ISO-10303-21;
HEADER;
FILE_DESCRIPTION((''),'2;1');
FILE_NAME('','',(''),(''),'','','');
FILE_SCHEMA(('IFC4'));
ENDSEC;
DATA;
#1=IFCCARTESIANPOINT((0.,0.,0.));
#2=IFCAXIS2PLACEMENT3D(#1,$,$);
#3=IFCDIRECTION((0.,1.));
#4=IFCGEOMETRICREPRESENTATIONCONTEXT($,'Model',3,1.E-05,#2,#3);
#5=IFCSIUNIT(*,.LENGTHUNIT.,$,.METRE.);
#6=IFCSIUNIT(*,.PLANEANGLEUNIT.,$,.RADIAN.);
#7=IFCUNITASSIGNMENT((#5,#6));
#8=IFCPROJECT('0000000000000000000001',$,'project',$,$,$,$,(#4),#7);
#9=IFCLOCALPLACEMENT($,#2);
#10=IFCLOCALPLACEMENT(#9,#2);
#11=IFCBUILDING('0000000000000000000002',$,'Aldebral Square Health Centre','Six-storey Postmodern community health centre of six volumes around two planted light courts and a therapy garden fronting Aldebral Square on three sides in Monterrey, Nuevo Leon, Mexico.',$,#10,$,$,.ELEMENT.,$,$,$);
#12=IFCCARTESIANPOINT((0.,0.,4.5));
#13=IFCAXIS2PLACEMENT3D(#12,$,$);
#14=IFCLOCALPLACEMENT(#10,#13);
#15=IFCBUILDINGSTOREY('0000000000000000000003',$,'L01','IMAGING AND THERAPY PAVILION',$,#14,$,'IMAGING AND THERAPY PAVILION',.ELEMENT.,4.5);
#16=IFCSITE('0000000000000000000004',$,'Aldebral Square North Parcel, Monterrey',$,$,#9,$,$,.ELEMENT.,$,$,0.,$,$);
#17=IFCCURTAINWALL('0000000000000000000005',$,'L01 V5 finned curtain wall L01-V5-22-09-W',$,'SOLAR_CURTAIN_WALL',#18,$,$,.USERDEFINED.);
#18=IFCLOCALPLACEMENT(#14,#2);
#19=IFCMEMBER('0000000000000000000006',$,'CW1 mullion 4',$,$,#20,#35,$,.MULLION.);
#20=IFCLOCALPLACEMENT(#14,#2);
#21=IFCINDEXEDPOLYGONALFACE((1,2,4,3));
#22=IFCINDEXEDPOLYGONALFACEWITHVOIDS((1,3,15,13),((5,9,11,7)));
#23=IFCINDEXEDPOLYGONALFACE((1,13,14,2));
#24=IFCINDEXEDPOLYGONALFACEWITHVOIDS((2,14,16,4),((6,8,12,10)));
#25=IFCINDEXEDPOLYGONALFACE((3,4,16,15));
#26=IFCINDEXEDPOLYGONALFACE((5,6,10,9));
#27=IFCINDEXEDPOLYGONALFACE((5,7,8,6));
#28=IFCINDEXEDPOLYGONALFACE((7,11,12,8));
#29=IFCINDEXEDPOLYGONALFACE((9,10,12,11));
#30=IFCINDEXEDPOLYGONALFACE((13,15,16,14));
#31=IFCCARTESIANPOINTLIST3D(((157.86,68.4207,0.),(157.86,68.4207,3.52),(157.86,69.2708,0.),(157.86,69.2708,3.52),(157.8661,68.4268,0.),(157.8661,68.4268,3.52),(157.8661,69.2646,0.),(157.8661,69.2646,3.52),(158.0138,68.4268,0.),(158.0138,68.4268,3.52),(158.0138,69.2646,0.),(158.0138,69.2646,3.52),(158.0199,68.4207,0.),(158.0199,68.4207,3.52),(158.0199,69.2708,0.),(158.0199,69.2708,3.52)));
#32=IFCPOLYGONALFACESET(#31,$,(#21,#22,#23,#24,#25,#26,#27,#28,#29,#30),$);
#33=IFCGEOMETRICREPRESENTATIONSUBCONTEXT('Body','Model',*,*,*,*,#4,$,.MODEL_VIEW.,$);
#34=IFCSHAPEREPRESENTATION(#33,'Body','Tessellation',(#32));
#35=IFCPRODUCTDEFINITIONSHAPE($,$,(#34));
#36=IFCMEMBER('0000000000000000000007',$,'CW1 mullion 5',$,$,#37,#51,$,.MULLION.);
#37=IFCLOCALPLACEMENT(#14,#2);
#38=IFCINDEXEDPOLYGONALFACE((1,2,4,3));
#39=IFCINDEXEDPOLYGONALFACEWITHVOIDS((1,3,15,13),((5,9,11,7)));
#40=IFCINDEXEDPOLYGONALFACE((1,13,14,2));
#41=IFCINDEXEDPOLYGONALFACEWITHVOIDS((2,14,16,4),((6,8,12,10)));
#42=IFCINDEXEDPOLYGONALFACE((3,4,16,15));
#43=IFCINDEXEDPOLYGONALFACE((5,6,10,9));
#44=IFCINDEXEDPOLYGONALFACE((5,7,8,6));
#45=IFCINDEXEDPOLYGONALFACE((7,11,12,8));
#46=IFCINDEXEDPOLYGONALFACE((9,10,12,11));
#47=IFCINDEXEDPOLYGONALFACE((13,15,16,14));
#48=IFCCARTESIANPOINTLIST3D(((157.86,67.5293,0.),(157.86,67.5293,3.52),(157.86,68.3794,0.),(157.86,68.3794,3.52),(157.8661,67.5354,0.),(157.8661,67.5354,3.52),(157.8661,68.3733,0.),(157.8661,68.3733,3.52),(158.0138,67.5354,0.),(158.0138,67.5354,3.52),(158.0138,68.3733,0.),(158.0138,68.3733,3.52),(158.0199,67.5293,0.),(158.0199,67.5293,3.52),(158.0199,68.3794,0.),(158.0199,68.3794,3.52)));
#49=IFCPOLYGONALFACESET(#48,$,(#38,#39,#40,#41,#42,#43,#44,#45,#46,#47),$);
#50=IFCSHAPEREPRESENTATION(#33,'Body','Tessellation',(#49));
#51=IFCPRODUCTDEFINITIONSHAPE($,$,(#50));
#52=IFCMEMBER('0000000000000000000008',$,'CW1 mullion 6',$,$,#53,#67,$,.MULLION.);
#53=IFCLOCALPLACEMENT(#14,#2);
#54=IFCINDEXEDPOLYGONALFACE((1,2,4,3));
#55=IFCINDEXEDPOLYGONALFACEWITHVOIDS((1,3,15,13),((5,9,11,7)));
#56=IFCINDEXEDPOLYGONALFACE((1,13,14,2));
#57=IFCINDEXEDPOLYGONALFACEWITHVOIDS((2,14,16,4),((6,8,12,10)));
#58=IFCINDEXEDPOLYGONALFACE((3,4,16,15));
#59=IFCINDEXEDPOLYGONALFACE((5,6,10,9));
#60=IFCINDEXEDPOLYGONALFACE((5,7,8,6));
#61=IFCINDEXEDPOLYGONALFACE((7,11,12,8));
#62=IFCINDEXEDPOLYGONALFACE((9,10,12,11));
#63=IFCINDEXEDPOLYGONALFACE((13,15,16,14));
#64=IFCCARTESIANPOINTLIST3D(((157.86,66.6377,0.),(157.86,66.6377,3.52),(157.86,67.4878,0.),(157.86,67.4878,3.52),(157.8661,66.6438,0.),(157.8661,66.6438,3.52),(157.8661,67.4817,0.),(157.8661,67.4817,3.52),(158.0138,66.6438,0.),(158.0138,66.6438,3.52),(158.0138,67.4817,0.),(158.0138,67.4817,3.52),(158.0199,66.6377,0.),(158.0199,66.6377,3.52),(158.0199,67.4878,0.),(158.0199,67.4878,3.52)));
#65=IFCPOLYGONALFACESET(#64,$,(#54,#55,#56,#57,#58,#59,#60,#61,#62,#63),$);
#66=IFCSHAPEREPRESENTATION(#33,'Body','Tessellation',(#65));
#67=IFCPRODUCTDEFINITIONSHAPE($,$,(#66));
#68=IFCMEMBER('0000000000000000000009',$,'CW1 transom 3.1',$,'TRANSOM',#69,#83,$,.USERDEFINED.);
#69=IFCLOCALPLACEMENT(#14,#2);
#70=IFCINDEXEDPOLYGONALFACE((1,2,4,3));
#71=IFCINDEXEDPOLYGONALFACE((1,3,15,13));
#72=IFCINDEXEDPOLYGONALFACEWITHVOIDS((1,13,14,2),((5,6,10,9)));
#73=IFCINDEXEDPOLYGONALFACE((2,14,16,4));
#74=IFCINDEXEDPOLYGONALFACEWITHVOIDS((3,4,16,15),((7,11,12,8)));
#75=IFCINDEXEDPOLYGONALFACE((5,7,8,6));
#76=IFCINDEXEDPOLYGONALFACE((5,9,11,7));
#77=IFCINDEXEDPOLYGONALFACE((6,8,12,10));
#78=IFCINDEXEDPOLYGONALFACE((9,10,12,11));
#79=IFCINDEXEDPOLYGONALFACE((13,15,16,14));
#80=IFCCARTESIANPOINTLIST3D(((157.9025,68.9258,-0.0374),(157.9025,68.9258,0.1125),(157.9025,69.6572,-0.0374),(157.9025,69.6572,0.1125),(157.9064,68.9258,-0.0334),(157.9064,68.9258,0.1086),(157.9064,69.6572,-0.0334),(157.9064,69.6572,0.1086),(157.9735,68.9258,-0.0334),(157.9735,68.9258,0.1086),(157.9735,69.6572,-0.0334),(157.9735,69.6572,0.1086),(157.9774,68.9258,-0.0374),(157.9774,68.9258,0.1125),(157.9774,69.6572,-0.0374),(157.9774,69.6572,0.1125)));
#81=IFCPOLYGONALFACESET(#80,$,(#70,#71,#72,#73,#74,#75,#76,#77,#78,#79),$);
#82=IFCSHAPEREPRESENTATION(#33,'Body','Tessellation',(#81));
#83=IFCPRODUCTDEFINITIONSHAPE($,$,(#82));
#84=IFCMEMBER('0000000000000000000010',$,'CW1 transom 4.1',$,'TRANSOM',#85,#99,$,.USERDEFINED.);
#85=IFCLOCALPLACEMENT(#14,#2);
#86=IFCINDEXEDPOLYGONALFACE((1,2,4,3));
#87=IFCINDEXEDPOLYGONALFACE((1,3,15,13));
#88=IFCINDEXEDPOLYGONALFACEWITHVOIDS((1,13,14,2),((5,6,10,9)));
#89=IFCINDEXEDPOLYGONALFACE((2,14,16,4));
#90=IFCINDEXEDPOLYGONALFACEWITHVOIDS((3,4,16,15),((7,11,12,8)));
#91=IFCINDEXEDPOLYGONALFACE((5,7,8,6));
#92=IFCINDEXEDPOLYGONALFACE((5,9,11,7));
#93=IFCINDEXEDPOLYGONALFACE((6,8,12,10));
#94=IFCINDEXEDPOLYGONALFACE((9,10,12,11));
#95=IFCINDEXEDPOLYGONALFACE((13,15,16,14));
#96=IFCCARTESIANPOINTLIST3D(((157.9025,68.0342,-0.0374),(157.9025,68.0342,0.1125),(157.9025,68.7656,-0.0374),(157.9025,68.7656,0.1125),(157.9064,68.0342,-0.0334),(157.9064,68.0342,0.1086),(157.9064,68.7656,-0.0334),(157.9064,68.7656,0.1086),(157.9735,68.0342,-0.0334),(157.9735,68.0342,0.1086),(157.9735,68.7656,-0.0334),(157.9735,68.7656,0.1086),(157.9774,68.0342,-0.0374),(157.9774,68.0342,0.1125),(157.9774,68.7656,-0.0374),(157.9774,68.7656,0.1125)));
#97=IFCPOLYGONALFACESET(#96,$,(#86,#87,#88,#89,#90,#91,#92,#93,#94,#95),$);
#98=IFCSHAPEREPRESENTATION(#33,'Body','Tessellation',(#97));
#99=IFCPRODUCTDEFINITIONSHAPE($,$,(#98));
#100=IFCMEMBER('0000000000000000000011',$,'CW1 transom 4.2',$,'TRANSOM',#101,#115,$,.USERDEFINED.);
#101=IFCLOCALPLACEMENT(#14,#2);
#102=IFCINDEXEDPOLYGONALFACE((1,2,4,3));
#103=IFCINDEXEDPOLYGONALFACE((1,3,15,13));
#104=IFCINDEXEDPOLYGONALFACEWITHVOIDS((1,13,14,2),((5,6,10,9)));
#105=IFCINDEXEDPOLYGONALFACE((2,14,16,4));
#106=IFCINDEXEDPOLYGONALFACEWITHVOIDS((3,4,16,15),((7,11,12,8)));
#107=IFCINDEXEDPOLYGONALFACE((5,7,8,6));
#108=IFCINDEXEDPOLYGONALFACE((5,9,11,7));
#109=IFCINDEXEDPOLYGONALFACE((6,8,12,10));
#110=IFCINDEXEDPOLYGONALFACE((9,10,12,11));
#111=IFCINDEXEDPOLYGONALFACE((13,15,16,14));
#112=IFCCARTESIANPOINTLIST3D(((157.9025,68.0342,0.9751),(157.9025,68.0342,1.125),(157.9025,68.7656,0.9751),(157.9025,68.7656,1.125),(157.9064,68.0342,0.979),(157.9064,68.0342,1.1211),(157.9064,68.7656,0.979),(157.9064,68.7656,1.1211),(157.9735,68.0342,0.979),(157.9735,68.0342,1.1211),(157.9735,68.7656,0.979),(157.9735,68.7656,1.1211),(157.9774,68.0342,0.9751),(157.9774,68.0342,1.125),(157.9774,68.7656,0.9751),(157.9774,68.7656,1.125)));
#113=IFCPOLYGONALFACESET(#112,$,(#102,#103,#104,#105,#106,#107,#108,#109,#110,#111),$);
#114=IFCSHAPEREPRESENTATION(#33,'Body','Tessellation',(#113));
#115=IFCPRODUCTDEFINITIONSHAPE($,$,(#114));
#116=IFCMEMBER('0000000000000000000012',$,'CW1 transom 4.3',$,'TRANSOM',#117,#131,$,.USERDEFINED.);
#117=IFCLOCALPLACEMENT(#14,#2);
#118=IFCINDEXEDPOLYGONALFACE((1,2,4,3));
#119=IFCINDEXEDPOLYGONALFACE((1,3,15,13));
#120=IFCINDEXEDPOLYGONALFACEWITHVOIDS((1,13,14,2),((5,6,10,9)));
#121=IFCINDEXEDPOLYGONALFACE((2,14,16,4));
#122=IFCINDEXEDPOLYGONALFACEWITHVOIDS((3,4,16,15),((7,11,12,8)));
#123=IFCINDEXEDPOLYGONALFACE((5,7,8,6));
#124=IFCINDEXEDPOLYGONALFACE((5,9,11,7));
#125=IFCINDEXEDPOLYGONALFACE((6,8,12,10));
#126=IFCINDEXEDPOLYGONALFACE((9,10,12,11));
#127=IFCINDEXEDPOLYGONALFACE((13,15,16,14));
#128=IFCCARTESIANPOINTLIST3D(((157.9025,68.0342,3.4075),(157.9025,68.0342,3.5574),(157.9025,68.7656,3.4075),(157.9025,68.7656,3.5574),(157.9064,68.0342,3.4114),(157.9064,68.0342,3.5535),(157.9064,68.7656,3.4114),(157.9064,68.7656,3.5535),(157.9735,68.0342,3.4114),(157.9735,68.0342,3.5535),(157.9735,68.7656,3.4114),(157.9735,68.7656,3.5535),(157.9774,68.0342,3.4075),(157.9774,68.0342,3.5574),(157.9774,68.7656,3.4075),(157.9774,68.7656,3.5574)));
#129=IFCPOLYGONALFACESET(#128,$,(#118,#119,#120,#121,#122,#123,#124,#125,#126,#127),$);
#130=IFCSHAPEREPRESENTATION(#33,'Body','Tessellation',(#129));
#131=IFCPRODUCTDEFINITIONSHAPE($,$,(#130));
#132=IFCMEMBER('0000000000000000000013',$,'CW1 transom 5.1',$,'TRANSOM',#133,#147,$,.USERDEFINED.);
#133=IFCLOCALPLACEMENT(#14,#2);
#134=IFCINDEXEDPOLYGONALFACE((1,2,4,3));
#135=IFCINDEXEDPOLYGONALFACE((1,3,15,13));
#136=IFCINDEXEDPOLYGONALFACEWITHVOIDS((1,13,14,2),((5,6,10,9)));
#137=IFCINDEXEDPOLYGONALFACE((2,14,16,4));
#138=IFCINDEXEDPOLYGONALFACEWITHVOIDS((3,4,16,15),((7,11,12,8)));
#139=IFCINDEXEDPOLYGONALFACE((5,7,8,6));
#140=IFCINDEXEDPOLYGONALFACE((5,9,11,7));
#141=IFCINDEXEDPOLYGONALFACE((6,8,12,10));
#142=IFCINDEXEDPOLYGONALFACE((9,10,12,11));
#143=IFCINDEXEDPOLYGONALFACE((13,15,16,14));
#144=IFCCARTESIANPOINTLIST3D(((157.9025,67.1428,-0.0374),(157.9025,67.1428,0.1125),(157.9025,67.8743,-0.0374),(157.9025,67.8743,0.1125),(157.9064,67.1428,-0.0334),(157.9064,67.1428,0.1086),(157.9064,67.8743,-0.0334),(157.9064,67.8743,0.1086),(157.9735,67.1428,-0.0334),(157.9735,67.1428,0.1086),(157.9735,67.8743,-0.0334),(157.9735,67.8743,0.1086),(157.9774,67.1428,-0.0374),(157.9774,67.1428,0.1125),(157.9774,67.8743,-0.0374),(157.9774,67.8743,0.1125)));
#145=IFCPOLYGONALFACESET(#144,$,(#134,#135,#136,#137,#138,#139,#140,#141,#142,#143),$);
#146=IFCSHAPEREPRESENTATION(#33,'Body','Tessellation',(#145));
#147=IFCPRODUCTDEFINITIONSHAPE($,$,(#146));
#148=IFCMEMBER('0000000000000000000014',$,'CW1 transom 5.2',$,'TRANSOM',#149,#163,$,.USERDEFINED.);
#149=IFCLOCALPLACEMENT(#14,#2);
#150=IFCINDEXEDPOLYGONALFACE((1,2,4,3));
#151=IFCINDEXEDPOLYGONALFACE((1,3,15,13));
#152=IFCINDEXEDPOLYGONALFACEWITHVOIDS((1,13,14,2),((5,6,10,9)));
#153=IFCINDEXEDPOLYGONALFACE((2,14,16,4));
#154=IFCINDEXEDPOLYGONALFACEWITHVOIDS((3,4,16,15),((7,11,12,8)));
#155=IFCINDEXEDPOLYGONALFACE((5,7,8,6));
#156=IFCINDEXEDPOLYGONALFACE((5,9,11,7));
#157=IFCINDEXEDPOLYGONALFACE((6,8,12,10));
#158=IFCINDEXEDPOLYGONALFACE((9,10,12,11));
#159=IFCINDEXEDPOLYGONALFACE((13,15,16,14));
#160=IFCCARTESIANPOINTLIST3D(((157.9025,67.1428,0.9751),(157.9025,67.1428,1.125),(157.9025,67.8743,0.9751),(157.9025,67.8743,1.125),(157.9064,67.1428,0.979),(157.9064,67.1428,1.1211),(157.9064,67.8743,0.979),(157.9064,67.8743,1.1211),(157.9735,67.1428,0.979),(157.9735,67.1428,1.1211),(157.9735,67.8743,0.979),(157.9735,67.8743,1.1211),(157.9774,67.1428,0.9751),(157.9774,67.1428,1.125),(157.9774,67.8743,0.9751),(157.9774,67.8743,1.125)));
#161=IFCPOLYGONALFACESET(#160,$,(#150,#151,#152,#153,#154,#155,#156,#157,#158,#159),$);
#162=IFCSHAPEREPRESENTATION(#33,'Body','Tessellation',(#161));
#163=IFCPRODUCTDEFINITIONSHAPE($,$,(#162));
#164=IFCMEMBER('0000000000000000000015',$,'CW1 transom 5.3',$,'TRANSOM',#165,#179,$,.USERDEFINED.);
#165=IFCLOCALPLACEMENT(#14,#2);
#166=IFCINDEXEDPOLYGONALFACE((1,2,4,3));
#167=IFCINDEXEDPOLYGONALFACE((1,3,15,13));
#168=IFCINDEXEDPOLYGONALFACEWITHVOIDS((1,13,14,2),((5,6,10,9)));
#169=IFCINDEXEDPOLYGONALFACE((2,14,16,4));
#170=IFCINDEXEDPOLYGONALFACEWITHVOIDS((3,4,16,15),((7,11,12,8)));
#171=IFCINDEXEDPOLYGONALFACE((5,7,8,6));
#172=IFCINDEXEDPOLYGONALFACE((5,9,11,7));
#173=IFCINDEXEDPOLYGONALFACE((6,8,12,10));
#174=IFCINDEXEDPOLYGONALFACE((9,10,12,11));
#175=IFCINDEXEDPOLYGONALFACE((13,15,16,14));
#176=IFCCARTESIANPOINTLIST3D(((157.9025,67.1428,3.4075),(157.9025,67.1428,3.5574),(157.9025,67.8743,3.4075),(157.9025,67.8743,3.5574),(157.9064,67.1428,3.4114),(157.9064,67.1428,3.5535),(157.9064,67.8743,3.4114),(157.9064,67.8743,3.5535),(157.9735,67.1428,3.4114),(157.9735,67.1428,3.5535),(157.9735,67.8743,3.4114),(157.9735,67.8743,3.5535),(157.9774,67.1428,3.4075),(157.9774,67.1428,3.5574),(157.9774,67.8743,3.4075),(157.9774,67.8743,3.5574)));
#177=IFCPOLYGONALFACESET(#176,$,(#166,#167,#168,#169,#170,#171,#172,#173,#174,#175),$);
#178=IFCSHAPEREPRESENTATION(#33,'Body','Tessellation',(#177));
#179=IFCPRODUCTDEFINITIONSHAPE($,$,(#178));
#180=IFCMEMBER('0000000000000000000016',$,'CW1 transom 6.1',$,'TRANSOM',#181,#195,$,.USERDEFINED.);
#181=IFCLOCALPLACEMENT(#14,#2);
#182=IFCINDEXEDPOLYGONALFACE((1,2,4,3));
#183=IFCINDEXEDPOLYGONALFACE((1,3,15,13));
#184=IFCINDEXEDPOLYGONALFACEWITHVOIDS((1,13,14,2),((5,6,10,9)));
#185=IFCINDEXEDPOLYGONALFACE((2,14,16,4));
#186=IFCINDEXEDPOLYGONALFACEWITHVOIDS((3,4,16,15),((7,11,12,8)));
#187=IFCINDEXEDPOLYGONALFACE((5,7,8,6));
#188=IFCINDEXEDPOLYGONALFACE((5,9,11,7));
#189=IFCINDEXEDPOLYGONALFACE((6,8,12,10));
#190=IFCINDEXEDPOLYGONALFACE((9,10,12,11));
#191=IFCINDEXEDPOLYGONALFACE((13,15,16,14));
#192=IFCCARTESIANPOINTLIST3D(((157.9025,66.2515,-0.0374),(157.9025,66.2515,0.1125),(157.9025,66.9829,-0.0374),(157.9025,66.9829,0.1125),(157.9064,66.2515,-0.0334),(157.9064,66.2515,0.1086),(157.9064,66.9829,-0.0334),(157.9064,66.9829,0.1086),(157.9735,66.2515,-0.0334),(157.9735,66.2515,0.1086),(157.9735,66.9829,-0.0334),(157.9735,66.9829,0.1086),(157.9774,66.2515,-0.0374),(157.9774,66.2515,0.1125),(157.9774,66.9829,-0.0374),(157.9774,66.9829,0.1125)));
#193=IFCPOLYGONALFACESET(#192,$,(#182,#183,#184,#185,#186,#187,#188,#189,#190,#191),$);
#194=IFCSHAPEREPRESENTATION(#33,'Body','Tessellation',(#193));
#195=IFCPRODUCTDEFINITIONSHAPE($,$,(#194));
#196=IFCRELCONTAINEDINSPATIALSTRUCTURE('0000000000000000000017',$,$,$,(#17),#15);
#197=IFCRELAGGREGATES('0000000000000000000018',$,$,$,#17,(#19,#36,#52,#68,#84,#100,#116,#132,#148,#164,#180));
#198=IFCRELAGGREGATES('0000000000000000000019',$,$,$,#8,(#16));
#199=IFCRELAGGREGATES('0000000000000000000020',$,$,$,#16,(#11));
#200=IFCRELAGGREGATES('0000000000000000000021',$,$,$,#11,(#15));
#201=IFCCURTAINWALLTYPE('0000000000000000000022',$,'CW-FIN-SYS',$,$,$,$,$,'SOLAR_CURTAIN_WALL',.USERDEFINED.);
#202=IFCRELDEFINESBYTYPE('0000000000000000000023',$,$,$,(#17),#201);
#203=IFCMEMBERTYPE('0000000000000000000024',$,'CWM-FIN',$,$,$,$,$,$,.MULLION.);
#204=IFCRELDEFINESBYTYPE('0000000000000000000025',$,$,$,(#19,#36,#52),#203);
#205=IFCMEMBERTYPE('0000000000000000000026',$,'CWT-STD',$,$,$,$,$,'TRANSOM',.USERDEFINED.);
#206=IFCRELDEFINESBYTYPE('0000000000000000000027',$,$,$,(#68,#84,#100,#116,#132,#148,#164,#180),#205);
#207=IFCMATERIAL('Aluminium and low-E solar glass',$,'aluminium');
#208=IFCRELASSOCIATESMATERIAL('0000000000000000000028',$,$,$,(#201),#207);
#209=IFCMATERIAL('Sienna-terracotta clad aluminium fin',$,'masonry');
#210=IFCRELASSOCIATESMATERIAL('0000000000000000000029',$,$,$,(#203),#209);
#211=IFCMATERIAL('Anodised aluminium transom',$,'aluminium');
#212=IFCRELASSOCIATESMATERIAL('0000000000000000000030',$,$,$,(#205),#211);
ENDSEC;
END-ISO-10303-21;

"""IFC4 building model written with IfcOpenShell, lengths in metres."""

from ifc_helpers import new_model, si_unit, direction, frame, origin, origin_2d, place, context, subcontext, project, spatial, hollow_rectangle, extrude, material, material_profile, profile_set, type_object, element, aggregate, save


model = new_model("IFC4")

# Units and contexts
model_context = context("Model", 3, precision=1e-05, world=origin(), true_north=direction((0.0, 1.0)))
body_context = subcontext(model_context, "Body", "Model", "MODEL_VIEW")
ifc_project = project(units=[si_unit("LENGTHUNIT", "METRE"), si_unit("PLANEANGLEUNIT", "RADIAN")], contexts=[model_context])

# Site, building, storey
site_placement = place(None, origin())
site = spatial("IfcSite", under=ifc_project, at=site_placement, Name="Aldebral Square North Parcel, Monterrey", CompositionType="ELEMENT", RefElevation=0.0)
building_placement = place(site_placement, origin())
building = spatial("IfcBuilding", under=site, at=building_placement, Name="Aldebral Square Health Centre", Description="Six-storey Postmodern community health centre of six volumes around two planted light courts and a therapy garden fronting Aldebral Square on three sides in Monterrey, Nuevo Leon, Mexico.", CompositionType="ELEMENT")
storey_placement = place(building_placement, frame((0.0, 0.0, 4.5)))
storey = spatial("IfcBuildingStorey", under=building, at=storey_placement, Name="L01", Description="IMAGING AND THERAPY PAVILION", LongName="IMAGING AND THERAPY PAVILION", CompositionType="ELEMENT", Elevation=4.5)

# Curtain wall, members
ifc_material_1 = material(Name="Aluminium and low-E solar glass", Category="aluminium")
curtain_wall_type = type_object("IfcCurtainWallType", Name="CW-FIN-SYS", ElementType="SOLAR_CURTAIN_WALL", PredefinedType="USERDEFINED", material=ifc_material_1)
curtain_wall_placement = place(storey_placement, origin())
curtain_wall = element("IfcCurtainWall", 1, at=curtain_wall_placement, inside=storey, type_object=curtain_wall_type, Name="L01 V5 finned curtain wall L01-V5-22-09-W", ObjectType="SOLAR_CURTAIN_WALL", PredefinedType="USERDEFINED")
ifc_material_2 = material(Name="Sienna-terracotta clad aluminium fin", Category="masonry")
ifc_material_profile_1 = material_profile(ifc_material_2, hollow_rectangle(XDim=0.1599, YDim=0.8501, WallThickness=0.0061, at=origin_2d()), Name="FIN 160x850x6")
ifc_profile_set_1 = profile_set([ifc_material_profile_1], Name="Sienna-terracotta clad aluminium fin")
member_type_1 = type_object("IfcMemberType", Name="CWM-FIN", PredefinedType="MULLION", material=ifc_profile_set_1)
member_1_placement = place(storey_placement, frame((157.9399, 68.8457, 0.0), z_axis=(0.0, 0.0, 1.0), x_axis=(1.0, 0.0, 0.0)))
member_1 = element("IfcMember", 2, at=member_1_placement, type_object=member_type_1, Name="CW1 mullion 4", PredefinedType="MULLION", context=body_context, shape_type="SweptSolid", body=[
    extrude(hollow_rectangle(XDim=0.1599, YDim=0.8501, WallThickness=0.0061, at=origin_2d()), origin(), (0.0, 0.0, 1.0), 3.52),
])
member_2_placement = place(storey_placement, frame((157.9399, 67.9543, 0.0), z_axis=(0.0, 0.0, 1.0), x_axis=(1.0, 0.0, 0.0)))
member_2 = element("IfcMember", 3, at=member_2_placement, type_object=member_type_1, Name="CW1 mullion 5", PredefinedType="MULLION", context=body_context, shape_type="SweptSolid", body=[
    extrude(hollow_rectangle(XDim=0.1599, YDim=0.8501, WallThickness=0.0061, at=origin_2d()), origin(), (0.0, 0.0, 1.0), 3.52),
])
member_3_placement = place(storey_placement, frame((157.9399, 67.0627, 0.0), z_axis=(0.0, 0.0, 1.0), x_axis=(1.0, 0.0, 0.0)))
member_3 = element("IfcMember", 4, at=member_3_placement, type_object=member_type_1, Name="CW1 mullion 6", PredefinedType="MULLION", context=body_context, shape_type="SweptSolid", body=[
    extrude(hollow_rectangle(XDim=0.1599, YDim=0.8501, WallThickness=0.0061, at=origin_2d()), origin(), (0.0, 0.0, 1.0), 3.52),
])
ifc_material_3 = material(Name="Anodised aluminium transom", Category="aluminium")
ifc_material_profile_2 = material_profile(ifc_material_3, hollow_rectangle(XDim=0.075, YDim=0.1499, WallThickness=0.0039, at=origin_2d()), Name="CWT 75x150x4")
ifc_profile_set_2 = profile_set([ifc_material_profile_2], Name="Anodised aluminium transom")
member_type_2 = type_object("IfcMemberType", Name="CWT-STD", ElementType="TRANSOM", PredefinedType="USERDEFINED", material=ifc_profile_set_2)
member_4_placement = place(storey_placement, frame((157.9399, 69.6572, 0.0376), z_axis=(0.0, -1.0, 0.0), x_axis=(1.0, 0.0, 0.0)))
member_4 = element("IfcMember", 5, at=member_4_placement, type_object=member_type_2, Name="CW1 transom 3.1", ObjectType="TRANSOM", PredefinedType="USERDEFINED", context=body_context, shape_type="SweptSolid", body=[
    extrude(hollow_rectangle(XDim=0.075, YDim=0.1499, WallThickness=0.0039, at=origin_2d()), origin(), (0.0, 0.0, 1.0), 0.7314),
])
member_5_placement = place(storey_placement, frame((157.9399, 68.7656, 0.0376), z_axis=(0.0, -1.0, 0.0), x_axis=(1.0, 0.0, 0.0)))
member_5 = element("IfcMember", 6, at=member_5_placement, type_object=member_type_2, Name="CW1 transom 4.1", ObjectType="TRANSOM", PredefinedType="USERDEFINED", context=body_context, shape_type="SweptSolid", body=[
    extrude(hollow_rectangle(XDim=0.075, YDim=0.1499, WallThickness=0.0039, at=origin_2d()), origin(), (0.0, 0.0, 1.0), 0.7314),
])
member_6_placement = place(storey_placement, frame((157.9399, 68.7656, 1.05), z_axis=(0.0, -1.0, 0.0), x_axis=(1.0, 0.0, 0.0)))
member_6 = element("IfcMember", 7, at=member_6_placement, type_object=member_type_2, Name="CW1 transom 4.2", ObjectType="TRANSOM", PredefinedType="USERDEFINED", context=body_context, shape_type="SweptSolid", body=[
    extrude(hollow_rectangle(XDim=0.075, YDim=0.1499, WallThickness=0.0039, at=origin_2d()), origin(), (0.0, 0.0, 1.0), 0.7314),
])
member_7_placement = place(storey_placement, frame((157.9399, 68.7656, 3.4824), z_axis=(0.0, -1.0, 0.0), x_axis=(1.0, 0.0, 0.0)))
member_7 = element("IfcMember", 8, at=member_7_placement, type_object=member_type_2, Name="CW1 transom 4.3", ObjectType="TRANSOM", PredefinedType="USERDEFINED", context=body_context, shape_type="SweptSolid", body=[
    extrude(hollow_rectangle(XDim=0.075, YDim=0.1499, WallThickness=0.0039, at=origin_2d()), origin(), (0.0, 0.0, 1.0), 0.7314),
])
member_8_placement = place(storey_placement, frame((157.9399, 67.8743, 0.0376), z_axis=(0.0, -1.0, 0.0), x_axis=(1.0, 0.0, 0.0)))
member_8 = element("IfcMember", 9, at=member_8_placement, type_object=member_type_2, Name="CW1 transom 5.1", ObjectType="TRANSOM", PredefinedType="USERDEFINED", context=body_context, shape_type="SweptSolid", body=[
    extrude(hollow_rectangle(XDim=0.075, YDim=0.1499, WallThickness=0.0039, at=origin_2d()), origin(), (0.0, 0.0, 1.0), 0.7314),
])
member_9_placement = place(storey_placement, frame((157.9399, 67.8743, 1.05), z_axis=(0.0, -1.0, 0.0), x_axis=(1.0, 0.0, 0.0)))
member_9 = element("IfcMember", 10, at=member_9_placement, type_object=member_type_2, Name="CW1 transom 5.2", ObjectType="TRANSOM", PredefinedType="USERDEFINED", context=body_context, shape_type="SweptSolid", body=[
    extrude(hollow_rectangle(XDim=0.075, YDim=0.1499, WallThickness=0.0039, at=origin_2d()), origin(), (0.0, 0.0, 1.0), 0.7314),
])
member_10_placement = place(storey_placement, frame((157.9399, 67.8743, 3.4824), z_axis=(0.0, -1.0, 0.0), x_axis=(1.0, 0.0, 0.0)))
member_10 = element("IfcMember", 11, at=member_10_placement, type_object=member_type_2, Name="CW1 transom 5.3", ObjectType="TRANSOM", PredefinedType="USERDEFINED", context=body_context, shape_type="SweptSolid", body=[
    extrude(hollow_rectangle(XDim=0.075, YDim=0.1499, WallThickness=0.0039, at=origin_2d()), origin(), (0.0, 0.0, 1.0), 0.7314),
])
member_11_placement = place(storey_placement, frame((157.9399, 66.9829, 0.0376), z_axis=(0.0, -1.0, 0.0), x_axis=(1.0, 0.0, 0.0)))
member_11 = element("IfcMember", 12, at=member_11_placement, type_object=member_type_2, Name="CW1 transom 6.1", ObjectType="TRANSOM", PredefinedType="USERDEFINED", context=body_context, shape_type="SweptSolid", body=[
    extrude(hollow_rectangle(XDim=0.075, YDim=0.1499, WallThickness=0.0039, at=origin_2d()), origin(), (0.0, 0.0, 1.0), 0.7314),
])
aggregate(curtain_wall, [member_1, member_2, member_3, member_4, member_5, member_6, member_7, member_8, member_9, member_10, member_11])

save(model, "model.ifc")
